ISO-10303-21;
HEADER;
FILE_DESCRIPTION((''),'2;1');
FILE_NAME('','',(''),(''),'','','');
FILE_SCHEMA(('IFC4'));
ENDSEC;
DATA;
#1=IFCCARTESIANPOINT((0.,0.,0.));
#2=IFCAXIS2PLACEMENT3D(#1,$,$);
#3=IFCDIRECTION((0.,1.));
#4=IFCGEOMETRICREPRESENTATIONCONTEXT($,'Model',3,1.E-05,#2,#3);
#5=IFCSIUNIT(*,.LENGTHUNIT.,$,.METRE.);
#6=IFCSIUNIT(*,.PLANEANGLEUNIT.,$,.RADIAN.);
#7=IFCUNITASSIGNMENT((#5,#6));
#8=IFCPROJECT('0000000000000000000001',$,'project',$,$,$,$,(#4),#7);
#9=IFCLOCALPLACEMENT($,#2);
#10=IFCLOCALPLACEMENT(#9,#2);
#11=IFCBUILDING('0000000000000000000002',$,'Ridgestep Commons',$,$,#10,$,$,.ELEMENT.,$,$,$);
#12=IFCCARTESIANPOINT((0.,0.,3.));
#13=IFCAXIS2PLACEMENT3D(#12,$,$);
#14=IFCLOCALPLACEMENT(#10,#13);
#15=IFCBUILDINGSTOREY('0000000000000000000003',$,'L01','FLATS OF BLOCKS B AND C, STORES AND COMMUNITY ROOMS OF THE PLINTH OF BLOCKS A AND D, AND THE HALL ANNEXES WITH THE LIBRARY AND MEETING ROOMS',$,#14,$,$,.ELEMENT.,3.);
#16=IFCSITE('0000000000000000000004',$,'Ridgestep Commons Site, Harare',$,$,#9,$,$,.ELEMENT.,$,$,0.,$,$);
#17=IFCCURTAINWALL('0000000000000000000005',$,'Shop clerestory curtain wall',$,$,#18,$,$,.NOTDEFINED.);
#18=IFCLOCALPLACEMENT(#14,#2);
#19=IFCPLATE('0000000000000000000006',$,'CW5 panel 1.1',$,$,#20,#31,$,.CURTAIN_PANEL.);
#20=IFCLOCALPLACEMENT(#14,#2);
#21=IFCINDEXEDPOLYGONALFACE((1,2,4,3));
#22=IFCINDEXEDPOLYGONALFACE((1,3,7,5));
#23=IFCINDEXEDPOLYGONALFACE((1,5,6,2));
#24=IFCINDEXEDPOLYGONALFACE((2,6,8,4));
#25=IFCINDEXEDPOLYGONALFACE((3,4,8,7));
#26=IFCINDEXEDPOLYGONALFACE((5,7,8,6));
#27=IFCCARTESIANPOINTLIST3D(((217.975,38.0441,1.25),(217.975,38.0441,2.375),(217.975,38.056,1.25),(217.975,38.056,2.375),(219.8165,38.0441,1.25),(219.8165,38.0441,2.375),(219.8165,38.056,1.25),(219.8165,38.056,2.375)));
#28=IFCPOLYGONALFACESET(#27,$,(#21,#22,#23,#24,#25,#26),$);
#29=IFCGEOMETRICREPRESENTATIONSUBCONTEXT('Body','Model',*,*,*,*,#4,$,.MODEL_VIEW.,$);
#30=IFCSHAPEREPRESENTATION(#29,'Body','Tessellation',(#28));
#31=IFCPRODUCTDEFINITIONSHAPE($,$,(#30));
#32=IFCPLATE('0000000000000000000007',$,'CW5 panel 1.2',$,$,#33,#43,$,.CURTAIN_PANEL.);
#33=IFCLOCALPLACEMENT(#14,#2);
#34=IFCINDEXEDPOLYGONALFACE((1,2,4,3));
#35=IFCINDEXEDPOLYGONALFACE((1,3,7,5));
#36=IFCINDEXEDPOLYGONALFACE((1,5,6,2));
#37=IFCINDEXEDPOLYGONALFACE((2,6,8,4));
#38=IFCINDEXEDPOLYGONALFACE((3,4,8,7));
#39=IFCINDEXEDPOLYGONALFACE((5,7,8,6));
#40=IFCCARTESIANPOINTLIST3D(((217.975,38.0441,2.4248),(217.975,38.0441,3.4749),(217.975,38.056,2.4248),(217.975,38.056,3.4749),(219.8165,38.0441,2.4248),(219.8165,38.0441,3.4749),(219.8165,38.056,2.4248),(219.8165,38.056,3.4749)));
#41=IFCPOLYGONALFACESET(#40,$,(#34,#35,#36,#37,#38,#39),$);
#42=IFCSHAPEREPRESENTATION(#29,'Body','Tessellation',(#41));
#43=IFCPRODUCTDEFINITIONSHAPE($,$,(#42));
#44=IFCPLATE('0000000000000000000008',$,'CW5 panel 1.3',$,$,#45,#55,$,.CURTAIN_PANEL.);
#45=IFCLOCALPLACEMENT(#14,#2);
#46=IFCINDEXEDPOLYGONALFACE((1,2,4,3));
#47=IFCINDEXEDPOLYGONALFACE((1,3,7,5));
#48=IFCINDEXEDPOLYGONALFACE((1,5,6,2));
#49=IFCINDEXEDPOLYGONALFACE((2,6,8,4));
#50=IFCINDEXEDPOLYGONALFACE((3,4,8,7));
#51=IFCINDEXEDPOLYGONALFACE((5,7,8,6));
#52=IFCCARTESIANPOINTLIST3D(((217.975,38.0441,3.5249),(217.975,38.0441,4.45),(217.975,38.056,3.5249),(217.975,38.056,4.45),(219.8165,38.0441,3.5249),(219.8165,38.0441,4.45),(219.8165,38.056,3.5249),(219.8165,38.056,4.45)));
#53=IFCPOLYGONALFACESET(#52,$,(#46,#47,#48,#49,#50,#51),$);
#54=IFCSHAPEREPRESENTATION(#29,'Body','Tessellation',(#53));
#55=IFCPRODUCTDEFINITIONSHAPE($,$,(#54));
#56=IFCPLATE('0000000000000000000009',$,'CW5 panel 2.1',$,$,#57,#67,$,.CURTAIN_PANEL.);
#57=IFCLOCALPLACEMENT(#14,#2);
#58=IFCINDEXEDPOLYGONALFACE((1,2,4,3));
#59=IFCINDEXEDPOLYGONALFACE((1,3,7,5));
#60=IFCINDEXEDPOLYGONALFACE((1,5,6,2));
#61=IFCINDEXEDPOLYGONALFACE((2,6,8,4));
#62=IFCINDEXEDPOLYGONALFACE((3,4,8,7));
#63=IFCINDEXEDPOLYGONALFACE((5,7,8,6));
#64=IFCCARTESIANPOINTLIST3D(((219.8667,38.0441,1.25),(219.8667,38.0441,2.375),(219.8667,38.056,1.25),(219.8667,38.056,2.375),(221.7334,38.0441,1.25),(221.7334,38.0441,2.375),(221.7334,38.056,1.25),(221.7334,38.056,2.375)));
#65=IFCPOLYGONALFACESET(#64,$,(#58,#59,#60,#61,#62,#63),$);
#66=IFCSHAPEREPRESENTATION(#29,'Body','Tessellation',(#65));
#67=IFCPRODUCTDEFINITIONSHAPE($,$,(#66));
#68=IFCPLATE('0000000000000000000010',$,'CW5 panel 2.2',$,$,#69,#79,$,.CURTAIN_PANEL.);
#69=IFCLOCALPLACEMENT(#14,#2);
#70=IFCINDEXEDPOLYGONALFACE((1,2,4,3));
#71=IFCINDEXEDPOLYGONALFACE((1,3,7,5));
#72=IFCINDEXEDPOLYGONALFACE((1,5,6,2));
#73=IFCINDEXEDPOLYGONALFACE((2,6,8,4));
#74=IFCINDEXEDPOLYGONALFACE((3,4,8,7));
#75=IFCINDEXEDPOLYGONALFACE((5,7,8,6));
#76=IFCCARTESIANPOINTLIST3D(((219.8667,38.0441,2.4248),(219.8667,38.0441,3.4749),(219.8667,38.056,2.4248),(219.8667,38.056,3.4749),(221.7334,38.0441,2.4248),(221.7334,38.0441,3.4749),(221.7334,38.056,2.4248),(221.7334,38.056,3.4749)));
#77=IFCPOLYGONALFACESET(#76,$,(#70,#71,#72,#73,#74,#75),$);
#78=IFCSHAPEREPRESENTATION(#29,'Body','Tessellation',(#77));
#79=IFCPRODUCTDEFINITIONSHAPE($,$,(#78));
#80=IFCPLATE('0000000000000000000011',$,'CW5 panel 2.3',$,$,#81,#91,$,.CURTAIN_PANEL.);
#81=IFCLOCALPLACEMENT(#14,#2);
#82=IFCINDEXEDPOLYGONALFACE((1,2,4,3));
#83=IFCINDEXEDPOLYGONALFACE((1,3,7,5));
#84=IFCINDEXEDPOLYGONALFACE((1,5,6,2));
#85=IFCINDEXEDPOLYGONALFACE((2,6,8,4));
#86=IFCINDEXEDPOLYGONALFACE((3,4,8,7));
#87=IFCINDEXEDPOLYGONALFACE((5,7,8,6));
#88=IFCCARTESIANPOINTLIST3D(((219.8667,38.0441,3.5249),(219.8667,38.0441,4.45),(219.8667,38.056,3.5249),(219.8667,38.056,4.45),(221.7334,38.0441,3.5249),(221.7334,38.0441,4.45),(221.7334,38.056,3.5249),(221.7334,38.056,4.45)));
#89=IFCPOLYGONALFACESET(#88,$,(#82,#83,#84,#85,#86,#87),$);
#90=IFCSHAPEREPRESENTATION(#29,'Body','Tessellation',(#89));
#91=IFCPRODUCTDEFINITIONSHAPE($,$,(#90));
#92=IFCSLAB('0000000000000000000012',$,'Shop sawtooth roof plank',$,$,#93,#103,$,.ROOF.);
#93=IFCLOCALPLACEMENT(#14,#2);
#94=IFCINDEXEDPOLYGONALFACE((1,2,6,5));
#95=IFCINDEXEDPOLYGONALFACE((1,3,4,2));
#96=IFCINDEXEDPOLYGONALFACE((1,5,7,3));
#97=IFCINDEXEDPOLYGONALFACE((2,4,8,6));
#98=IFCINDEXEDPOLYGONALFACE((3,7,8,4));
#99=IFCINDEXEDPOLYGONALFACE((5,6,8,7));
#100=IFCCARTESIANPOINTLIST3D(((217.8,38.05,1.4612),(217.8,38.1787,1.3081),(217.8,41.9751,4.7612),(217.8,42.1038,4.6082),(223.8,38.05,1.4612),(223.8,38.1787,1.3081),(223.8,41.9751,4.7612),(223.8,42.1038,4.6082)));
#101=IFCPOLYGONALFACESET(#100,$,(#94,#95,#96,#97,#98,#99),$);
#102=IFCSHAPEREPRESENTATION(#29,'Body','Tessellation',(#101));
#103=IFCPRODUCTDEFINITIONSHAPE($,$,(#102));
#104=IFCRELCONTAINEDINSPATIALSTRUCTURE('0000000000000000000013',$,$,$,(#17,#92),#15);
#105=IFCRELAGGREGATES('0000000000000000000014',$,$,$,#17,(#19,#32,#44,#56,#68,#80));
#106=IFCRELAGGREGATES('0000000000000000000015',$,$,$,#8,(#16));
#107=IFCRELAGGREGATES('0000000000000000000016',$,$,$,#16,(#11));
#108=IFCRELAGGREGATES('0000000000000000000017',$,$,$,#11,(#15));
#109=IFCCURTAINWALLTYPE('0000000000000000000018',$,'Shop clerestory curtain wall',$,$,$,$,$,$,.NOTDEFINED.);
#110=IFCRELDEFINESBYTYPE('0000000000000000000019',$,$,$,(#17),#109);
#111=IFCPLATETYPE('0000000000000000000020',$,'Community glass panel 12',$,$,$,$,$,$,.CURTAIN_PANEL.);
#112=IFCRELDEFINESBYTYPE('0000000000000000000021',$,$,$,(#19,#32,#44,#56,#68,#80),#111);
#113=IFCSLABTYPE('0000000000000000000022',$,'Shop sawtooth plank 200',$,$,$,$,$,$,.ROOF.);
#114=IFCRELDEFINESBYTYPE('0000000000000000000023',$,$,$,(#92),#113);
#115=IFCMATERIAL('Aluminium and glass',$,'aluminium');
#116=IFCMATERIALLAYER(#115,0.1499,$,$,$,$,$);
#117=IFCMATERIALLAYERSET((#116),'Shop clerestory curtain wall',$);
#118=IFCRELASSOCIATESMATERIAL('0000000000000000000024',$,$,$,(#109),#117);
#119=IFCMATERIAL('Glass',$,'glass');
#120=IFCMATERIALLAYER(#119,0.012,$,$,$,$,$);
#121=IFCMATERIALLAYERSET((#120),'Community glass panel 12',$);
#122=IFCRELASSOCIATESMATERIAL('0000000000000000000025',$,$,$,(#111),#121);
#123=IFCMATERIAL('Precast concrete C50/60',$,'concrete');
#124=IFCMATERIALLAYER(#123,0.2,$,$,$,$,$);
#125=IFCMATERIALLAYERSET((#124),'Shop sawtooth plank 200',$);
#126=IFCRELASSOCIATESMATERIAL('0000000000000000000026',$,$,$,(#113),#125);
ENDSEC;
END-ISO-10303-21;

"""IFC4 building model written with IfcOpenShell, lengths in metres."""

from ifc_helpers import new_model, si_unit, direction, frame, origin, origin_2d, place, context, subcontext, project, spatial, polyline, rectangle, outline, extrude, material, layer, layer_set, type_object, element, aggregate, save


model = new_model("IFC4")

# Units and contexts
model_context = context("Model", 3, precision=1e-05, world=origin(), true_north=direction((0.0, 1.0)))
body_context = subcontext(model_context, "Body", "Model", "MODEL_VIEW")
ifc_project = project(units=[si_unit("LENGTHUNIT", "METRE"), si_unit("PLANEANGLEUNIT", "RADIAN")], contexts=[model_context])

# Site, building, storey
site_placement = place(None, origin())
site = spatial("IfcSite", under=ifc_project, at=site_placement, Name="Ridgestep Commons Site, Harare", CompositionType="ELEMENT", RefElevation=0.0)
building_placement = place(site_placement, origin())
building = spatial("IfcBuilding", under=site, at=building_placement, Name="Ridgestep Commons", CompositionType="ELEMENT")
storey_placement = place(building_placement, frame((0.0, 0.0, 3.0)))
storey = spatial("IfcBuildingStorey", under=building, at=storey_placement, Name="L01", Description="FLATS OF BLOCKS B AND C, STORES AND COMMUNITY ROOMS OF THE PLINTH OF BLOCKS A AND D, AND THE HALL ANNEXES WITH THE LIBRARY AND MEETING ROOMS", CompositionType="ELEMENT", Elevation=3.0)

# Curtain wall, plates
ifc_material_1 = material(Name="Aluminium and glass", Category="aluminium")
ifc_layer_1 = layer(ifc_material_1, 0.1499)
ifc_layer_set_1 = layer_set([ifc_layer_1], Name="Shop clerestory curtain wall")
curtain_wall_type = type_object("IfcCurtainWallType", Name="Shop clerestory curtain wall", PredefinedType="NOTDEFINED", material=ifc_layer_set_1)
curtain_wall_placement = place(storey_placement, origin())
curtain_wall = element("IfcCurtainWall", 1, at=curtain_wall_placement, inside=storey, type_object=curtain_wall_type, Name="Shop clerestory curtain wall", PredefinedType="NOTDEFINED")
ifc_material_2 = material(Name="Glass", Category="glass")
ifc_layer_2 = layer(ifc_material_2, 0.012)
ifc_layer_set_2 = layer_set([ifc_layer_2], Name="Community glass panel 12")
plate_type = type_object("IfcPlateType", Name="Community glass panel 12", PredefinedType="CURTAIN_PANEL", material=ifc_layer_set_2)
plate_1_placement = place(storey_placement, frame((218.8958, 38.05, 1.25), z_axis=(0.0, 0.0, 1.0), x_axis=(1.0, 0.0, 0.0)))
plate_1 = element("IfcPlate", 2, at=plate_1_placement, type_object=plate_type, Name="CW5 panel 1.1", PredefinedType="CURTAIN_PANEL", context=body_context, shape_type="SweptSolid", body=[
    extrude(rectangle(XDim=1.8416, YDim=0.012, at=origin_2d()), origin(), (0.0, 0.0, 1.0), 1.125),
])
plate_2_placement = place(storey_placement, frame((218.8958, 38.05, 2.4248), z_axis=(0.0, 0.0, 1.0), x_axis=(1.0, 0.0, 0.0)))
plate_2 = element("IfcPlate", 3, at=plate_2_placement, type_object=plate_type, Name="CW5 panel 1.2", PredefinedType="CURTAIN_PANEL", context=body_context, shape_type="SweptSolid", body=[
    extrude(rectangle(XDim=1.8416, YDim=0.012, at=origin_2d()), origin(), (0.0, 0.0, 1.0), 1.05),
])
plate_3_placement = place(storey_placement, frame((218.8958, 38.05, 3.5249), z_axis=(0.0, 0.0, 1.0), x_axis=(1.0, 0.0, 0.0)))
plate_3 = element("IfcPlate", 4, at=plate_3_placement, type_object=plate_type, Name="CW5 panel 1.3", PredefinedType="CURTAIN_PANEL", context=body_context, shape_type="SweptSolid", body=[
    extrude(rectangle(XDim=1.8416, YDim=0.012, at=origin_2d()), origin(), (0.0, 0.0, 1.0), 0.925),
])
plate_4_placement = place(storey_placement, frame((220.8, 38.05, 1.25), z_axis=(0.0, 0.0, 1.0), x_axis=(1.0, 0.0, 0.0)))
plate_4 = element("IfcPlate", 5, at=plate_4_placement, type_object=plate_type, Name="CW5 panel 2.1", PredefinedType="CURTAIN_PANEL", context=body_context, shape_type="SweptSolid", body=[
    extrude(rectangle(XDim=1.8667, YDim=0.012, at=origin_2d()), origin(), (0.0, 0.0, 1.0), 1.125),
])
plate_5_placement = place(storey_placement, frame((220.8, 38.05, 2.4248), z_axis=(0.0, 0.0, 1.0), x_axis=(1.0, 0.0, 0.0)))
plate_5 = element("IfcPlate", 6, at=plate_5_placement, type_object=plate_type, Name="CW5 panel 2.2", PredefinedType="CURTAIN_PANEL", context=body_context, shape_type="SweptSolid", body=[
    extrude(rectangle(XDim=1.8667, YDim=0.012, at=origin_2d()), origin(), (0.0, 0.0, 1.0), 1.05),
])
plate_6_placement = place(storey_placement, frame((220.8, 38.05, 3.5249), z_axis=(0.0, 0.0, 1.0), x_axis=(1.0, 0.0, 0.0)))
plate_6 = element("IfcPlate", 7, at=plate_6_placement, type_object=plate_type, Name="CW5 panel 2.3", PredefinedType="CURTAIN_PANEL", context=body_context, shape_type="SweptSolid", body=[
    extrude(rectangle(XDim=1.8667, YDim=0.012, at=origin_2d()), origin(), (0.0, 0.0, 1.0), 0.925),
])
aggregate(curtain_wall, [plate_1, plate_2, plate_3, plate_4, plate_5, plate_6])

# Slab
ifc_material_3 = material(Name="Precast concrete C50/60", Category="concrete")
ifc_layer_3 = layer(ifc_material_3, 0.2)
ifc_layer_set_3 = layer_set([ifc_layer_3], Name="Shop sawtooth plank 200")
slab_type = type_object("IfcSlabType", Name="Shop sawtooth plank 200", PredefinedType="ROOF", material=ifc_layer_set_3)
slab_placement = place(storey_placement, frame((217.8, 38.05, 1.4612), z_axis=(0.0, -0.643536, 0.765416), x_axis=(1.0, 0.0, 0.0)))
element("IfcSlab", 8, at=slab_placement, inside=storey, type_object=slab_type, Name="Shop sawtooth roof plank", PredefinedType="ROOF", context=body_context, shape_type="SweptSolid", body=[
    extrude(outline(polyline([(0.0, 0.0), (6.0, 0.0), (6.0, 5.128), (0.0, 5.128), (0.0, 0.0)])), origin(), (0.0, 0.0, -1.0), 0.2),
])

save(model, "model.ifc")
